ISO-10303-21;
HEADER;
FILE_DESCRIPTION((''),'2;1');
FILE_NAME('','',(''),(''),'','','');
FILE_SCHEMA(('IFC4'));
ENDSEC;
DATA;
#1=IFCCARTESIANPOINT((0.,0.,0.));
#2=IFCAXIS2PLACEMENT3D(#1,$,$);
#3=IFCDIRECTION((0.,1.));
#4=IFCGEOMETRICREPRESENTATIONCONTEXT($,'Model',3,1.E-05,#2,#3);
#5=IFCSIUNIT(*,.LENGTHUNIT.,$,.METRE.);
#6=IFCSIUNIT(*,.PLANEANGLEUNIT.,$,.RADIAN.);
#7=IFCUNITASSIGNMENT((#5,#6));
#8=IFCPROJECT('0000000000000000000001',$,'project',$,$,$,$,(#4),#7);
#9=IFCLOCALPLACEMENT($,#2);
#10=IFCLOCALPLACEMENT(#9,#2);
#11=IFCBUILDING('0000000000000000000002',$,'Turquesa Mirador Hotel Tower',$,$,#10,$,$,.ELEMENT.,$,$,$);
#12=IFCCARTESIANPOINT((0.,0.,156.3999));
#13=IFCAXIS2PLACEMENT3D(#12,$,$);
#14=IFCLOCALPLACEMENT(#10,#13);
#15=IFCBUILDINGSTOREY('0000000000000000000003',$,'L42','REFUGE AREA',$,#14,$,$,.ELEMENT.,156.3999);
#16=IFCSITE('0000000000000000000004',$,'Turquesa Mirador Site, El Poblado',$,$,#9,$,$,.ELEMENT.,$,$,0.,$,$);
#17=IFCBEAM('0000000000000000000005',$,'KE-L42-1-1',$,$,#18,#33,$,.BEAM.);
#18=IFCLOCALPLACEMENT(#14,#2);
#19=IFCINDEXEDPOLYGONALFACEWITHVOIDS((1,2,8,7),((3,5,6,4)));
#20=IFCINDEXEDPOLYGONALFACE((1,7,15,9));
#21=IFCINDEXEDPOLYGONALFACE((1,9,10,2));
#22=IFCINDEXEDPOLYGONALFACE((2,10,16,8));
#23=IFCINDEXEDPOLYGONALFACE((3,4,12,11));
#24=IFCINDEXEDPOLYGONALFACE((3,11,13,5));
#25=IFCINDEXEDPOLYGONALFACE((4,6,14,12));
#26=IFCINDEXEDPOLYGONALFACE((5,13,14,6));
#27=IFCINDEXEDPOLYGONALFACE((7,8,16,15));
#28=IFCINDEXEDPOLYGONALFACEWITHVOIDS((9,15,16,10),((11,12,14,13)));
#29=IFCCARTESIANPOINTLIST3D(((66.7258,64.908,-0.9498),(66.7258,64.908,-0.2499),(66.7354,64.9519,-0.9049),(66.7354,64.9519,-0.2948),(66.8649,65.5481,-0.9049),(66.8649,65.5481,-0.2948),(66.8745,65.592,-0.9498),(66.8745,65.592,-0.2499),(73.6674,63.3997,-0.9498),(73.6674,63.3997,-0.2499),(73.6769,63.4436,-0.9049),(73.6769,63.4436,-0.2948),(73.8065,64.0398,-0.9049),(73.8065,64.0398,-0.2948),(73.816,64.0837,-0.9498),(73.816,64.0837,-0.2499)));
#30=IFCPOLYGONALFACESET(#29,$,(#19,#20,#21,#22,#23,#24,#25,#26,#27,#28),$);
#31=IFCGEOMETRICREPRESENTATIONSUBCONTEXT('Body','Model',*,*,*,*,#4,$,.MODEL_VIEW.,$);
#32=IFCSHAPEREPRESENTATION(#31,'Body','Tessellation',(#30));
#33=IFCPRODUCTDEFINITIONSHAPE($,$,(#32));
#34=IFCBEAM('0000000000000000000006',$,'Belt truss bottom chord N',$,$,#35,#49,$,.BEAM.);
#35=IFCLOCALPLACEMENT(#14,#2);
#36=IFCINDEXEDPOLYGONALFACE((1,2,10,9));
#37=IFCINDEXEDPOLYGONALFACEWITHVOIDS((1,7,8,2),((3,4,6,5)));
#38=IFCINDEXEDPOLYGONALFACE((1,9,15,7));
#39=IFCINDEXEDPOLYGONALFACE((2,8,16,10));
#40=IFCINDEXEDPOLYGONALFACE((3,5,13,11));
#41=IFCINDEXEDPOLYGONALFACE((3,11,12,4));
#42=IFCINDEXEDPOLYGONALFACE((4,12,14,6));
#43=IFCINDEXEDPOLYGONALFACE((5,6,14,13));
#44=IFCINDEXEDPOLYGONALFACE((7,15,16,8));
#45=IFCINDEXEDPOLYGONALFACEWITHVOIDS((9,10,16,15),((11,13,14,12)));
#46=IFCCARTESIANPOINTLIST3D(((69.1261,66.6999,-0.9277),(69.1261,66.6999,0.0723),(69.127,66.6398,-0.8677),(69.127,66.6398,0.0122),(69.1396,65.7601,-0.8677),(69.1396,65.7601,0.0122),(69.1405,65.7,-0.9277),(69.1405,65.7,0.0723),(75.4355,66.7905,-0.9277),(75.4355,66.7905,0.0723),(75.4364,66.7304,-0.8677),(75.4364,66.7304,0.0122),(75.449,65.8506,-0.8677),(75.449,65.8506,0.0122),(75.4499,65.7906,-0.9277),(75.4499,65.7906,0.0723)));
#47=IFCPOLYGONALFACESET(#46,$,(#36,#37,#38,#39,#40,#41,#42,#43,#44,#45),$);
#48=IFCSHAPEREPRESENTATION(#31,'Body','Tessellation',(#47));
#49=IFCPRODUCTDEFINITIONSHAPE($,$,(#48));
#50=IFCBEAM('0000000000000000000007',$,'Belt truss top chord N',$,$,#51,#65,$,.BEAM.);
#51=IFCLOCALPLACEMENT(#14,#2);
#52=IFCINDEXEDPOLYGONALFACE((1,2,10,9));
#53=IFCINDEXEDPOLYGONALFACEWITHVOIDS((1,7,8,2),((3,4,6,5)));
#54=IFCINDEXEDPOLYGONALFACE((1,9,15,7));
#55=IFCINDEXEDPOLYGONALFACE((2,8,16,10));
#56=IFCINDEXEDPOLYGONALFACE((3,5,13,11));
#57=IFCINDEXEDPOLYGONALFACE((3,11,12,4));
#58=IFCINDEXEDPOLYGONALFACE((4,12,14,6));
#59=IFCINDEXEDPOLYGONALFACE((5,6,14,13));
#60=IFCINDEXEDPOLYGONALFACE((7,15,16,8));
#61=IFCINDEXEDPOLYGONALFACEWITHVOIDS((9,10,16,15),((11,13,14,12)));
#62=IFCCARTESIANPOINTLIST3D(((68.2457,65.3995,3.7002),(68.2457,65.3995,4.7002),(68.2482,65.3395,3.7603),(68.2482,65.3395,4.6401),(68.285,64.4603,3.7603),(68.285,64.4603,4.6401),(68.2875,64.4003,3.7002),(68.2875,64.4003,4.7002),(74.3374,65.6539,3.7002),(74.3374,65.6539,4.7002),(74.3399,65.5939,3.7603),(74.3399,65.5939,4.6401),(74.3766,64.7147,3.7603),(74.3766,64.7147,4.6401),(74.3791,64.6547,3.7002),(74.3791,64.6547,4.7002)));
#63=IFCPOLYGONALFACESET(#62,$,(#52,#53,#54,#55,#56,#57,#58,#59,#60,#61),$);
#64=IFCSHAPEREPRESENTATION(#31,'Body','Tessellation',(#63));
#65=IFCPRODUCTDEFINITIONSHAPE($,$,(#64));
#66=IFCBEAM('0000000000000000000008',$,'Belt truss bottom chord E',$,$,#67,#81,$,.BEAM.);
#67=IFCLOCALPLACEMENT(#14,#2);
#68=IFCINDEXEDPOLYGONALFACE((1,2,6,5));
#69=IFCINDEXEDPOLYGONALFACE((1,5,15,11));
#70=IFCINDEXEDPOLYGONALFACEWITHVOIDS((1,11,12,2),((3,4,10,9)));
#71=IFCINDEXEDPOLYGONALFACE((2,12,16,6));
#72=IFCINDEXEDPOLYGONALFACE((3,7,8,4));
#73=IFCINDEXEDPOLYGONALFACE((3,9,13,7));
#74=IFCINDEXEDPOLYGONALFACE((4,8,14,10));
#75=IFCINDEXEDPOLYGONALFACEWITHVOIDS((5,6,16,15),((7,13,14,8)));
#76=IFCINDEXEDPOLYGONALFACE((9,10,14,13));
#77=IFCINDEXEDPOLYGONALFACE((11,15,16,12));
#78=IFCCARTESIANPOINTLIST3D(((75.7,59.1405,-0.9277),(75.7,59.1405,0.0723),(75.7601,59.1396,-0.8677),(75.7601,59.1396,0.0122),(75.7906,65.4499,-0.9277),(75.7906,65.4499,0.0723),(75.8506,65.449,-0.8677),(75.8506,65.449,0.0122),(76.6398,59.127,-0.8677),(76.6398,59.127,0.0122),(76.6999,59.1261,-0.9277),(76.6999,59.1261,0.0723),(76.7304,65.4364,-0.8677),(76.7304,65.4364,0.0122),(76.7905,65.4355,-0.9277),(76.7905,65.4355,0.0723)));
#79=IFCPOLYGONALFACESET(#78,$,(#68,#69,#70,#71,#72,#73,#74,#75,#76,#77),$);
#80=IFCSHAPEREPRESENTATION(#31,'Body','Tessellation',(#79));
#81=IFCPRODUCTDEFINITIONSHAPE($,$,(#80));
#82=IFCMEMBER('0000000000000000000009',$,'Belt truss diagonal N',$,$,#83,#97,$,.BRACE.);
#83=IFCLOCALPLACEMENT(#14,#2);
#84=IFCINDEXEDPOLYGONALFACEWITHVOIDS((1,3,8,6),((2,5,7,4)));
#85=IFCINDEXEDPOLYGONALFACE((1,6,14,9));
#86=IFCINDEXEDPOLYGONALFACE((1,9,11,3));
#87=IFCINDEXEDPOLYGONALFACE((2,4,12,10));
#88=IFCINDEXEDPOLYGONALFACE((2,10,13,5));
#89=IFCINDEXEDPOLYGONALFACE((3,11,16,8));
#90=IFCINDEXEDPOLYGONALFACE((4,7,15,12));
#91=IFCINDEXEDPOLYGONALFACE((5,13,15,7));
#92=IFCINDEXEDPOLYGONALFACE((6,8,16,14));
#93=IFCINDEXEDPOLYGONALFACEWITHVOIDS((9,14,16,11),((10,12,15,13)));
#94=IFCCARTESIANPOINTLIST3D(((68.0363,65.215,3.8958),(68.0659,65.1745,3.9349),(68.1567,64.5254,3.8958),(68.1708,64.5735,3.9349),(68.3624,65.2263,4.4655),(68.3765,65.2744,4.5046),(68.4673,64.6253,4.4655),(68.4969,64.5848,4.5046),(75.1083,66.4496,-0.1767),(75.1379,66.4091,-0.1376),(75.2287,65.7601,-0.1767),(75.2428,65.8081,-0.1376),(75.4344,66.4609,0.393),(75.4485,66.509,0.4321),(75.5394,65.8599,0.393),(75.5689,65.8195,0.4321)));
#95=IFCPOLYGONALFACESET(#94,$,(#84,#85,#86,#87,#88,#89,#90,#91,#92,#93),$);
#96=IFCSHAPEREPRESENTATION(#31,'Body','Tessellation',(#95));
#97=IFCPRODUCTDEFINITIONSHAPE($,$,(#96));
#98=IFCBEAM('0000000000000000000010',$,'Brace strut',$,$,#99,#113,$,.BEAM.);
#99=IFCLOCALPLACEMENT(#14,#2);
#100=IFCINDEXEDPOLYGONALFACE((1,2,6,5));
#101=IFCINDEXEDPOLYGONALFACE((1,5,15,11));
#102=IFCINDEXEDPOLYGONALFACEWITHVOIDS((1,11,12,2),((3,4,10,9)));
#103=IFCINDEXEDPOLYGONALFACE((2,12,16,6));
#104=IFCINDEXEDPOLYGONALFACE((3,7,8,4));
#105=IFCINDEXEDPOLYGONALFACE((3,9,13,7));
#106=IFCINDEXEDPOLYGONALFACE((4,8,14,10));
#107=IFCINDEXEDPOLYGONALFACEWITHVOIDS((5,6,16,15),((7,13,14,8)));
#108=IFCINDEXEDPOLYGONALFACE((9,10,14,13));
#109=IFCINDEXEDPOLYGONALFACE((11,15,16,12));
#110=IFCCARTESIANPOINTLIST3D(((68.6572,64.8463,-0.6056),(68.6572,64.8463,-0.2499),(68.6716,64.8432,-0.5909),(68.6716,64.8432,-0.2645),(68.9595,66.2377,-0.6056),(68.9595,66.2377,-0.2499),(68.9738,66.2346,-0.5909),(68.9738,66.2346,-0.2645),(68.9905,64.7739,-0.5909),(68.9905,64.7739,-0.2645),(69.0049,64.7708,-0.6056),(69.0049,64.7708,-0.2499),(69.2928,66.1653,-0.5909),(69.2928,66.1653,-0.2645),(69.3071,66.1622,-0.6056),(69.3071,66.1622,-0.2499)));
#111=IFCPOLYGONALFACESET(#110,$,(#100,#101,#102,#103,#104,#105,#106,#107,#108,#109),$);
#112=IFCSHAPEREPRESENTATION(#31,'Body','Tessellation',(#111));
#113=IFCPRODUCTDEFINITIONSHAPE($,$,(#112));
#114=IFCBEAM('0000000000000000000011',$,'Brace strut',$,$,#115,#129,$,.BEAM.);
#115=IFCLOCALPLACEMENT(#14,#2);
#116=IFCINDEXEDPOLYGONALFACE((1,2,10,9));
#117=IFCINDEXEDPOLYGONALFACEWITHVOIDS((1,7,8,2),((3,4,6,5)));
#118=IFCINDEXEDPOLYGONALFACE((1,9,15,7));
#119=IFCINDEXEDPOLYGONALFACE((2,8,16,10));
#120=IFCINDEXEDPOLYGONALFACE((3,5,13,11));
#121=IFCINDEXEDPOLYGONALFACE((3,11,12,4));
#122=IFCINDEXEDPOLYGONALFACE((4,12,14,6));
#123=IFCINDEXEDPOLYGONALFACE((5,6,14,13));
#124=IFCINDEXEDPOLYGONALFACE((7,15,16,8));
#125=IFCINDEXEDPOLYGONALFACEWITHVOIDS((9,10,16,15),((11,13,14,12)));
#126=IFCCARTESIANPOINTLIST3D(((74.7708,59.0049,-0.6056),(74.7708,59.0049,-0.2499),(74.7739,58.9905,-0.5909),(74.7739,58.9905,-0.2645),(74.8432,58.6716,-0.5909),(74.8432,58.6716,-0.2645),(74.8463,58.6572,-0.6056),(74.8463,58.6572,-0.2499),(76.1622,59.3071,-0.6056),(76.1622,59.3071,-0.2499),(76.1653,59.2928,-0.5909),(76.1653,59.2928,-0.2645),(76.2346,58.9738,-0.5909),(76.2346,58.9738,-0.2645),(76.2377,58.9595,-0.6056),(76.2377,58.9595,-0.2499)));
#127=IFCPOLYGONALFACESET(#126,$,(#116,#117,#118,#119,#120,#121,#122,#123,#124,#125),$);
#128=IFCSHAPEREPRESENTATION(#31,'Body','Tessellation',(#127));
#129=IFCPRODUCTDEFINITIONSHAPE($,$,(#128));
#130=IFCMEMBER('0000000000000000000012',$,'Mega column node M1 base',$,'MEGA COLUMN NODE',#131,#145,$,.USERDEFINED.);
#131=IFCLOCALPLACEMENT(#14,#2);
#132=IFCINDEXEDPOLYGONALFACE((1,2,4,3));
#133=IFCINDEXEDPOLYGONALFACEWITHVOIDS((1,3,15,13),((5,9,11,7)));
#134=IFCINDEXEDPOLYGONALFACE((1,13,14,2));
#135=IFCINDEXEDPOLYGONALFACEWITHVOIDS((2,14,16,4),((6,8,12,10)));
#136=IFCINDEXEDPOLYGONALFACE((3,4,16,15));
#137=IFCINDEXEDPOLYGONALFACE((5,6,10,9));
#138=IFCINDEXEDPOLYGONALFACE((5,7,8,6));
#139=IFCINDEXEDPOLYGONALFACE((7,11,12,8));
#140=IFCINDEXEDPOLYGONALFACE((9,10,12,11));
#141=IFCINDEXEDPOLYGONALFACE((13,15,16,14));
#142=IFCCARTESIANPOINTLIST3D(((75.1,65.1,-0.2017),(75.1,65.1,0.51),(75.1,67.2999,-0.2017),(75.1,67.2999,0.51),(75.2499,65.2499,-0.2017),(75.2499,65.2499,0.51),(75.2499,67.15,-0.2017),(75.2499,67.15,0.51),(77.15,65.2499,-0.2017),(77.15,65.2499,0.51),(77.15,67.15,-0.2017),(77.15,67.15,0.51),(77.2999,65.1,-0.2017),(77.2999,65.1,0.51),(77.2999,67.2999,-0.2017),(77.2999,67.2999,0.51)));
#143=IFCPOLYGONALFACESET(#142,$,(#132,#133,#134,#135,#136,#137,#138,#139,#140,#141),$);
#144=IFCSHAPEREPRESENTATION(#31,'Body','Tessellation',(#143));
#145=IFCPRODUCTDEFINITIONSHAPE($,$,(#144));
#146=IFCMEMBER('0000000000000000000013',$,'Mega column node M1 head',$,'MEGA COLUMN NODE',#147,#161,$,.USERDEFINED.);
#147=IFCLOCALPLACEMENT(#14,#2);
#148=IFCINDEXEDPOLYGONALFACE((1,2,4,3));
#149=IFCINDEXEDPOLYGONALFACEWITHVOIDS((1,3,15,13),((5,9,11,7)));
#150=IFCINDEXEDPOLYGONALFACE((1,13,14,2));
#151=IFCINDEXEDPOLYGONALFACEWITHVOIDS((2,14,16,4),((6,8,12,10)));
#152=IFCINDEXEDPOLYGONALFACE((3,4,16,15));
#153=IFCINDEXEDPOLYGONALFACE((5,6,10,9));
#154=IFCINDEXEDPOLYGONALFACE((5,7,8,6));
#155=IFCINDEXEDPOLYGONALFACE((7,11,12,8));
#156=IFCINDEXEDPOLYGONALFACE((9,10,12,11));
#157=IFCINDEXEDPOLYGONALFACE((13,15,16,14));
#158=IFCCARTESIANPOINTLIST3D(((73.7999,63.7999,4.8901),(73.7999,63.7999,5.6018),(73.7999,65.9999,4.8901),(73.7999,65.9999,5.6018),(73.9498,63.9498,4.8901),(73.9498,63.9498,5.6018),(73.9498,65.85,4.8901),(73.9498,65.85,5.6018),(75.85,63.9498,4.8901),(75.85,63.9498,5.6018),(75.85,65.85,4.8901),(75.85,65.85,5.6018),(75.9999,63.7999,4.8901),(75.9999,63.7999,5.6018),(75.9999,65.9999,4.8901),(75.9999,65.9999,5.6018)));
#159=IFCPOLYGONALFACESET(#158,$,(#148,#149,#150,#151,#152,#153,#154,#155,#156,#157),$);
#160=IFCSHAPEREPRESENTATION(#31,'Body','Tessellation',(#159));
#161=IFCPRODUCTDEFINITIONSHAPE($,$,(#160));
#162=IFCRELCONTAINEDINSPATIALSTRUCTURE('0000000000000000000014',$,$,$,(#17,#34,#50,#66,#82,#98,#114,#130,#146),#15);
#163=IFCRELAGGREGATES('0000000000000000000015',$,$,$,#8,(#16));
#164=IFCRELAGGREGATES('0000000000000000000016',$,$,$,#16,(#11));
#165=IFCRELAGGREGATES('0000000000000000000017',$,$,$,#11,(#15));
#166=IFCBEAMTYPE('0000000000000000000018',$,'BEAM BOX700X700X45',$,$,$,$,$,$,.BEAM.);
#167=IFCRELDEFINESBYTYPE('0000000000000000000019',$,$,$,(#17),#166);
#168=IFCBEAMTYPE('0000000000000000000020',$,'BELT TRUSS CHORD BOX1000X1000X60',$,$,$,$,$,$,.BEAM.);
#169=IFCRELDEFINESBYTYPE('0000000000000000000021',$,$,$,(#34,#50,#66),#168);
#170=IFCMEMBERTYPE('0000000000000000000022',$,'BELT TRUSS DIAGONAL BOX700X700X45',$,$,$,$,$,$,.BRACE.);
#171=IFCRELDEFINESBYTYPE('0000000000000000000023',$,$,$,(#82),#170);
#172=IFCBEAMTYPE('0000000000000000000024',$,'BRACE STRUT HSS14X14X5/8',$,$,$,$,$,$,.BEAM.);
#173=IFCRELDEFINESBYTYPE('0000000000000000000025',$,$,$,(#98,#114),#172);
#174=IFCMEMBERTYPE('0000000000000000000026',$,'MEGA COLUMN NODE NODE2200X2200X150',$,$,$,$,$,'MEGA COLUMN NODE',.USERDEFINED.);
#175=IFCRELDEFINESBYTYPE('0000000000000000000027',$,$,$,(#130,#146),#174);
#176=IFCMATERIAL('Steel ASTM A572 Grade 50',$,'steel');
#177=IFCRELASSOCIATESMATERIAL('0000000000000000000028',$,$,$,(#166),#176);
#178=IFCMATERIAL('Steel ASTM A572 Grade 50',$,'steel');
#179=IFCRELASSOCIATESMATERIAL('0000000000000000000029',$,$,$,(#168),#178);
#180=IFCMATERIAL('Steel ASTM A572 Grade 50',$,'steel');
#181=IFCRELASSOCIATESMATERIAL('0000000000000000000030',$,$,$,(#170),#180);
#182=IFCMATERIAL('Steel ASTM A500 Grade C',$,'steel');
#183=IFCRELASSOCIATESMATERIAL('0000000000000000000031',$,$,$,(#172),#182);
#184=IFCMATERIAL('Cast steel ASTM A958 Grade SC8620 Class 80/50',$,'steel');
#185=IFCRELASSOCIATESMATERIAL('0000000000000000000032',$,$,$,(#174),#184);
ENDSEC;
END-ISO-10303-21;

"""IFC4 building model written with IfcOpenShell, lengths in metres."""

from ifc_helpers import new_model, si_unit, direction, frame, origin, origin_2d, place, context, subcontext, project, spatial, hollow_rectangle, extrude, material, material_profile, profile_set, type_object, element, save


model = new_model("IFC4")

# Units and contexts
model_context = context("Model", 3, precision=1e-05, world=origin(), true_north=direction((0.0, 1.0)))
body_context = subcontext(model_context, "Body", "Model", "MODEL_VIEW")
ifc_project = project(units=[si_unit("LENGTHUNIT", "METRE"), si_unit("PLANEANGLEUNIT", "RADIAN")], contexts=[model_context])

# Site, building, storey
site_placement = place(None, origin())
site = spatial("IfcSite", under=ifc_project, at=site_placement, Name="Turquesa Mirador Site, El Poblado", CompositionType="ELEMENT", RefElevation=0.0)
building_placement = place(site_placement, origin())
building = spatial("IfcBuilding", under=site, at=building_placement, Name="Turquesa Mirador Hotel Tower", CompositionType="ELEMENT")
storey_placement = place(building_placement, frame((0.0, 0.0, 156.3999)))
storey = spatial("IfcBuildingStorey", under=building, at=storey_placement, Name="L42", Description="REFUGE AREA", CompositionType="ELEMENT", Elevation=156.3999)

# Beams
ifc_material_1 = material(Name="Steel ASTM A572 Grade 50", Category="steel")
ifc_material_profile_1 = material_profile(ifc_material_1, hollow_rectangle(XDim=0.7, YDim=0.7, WallThickness=0.0449, at=origin_2d()), Name="BOX700X700X45")
ifc_profile_set_1 = profile_set([ifc_material_profile_1], Name="Steel ASTM A572 Grade 50")
beam_type_1 = type_object("IfcBeamType", Name="BEAM BOX700X700X45", PredefinedType="BEAM", material=ifc_profile_set_1)
beam_1_placement = place(storey_placement, frame((73.7417, 63.7417, -0.5999), z_axis=(-0.977198, 0.212328, 0.0), x_axis=(-0.212328, -0.977198, 0.0)))
element("IfcBeam", 1, at=beam_1_placement, inside=storey, type_object=beam_type_1, Name="KE-L42-1-1", PredefinedType="BEAM", context=body_context, shape_type="SweptSolid", body=[
    extrude(hollow_rectangle(XDim=0.7, YDim=0.7, WallThickness=0.0449, at=origin_2d()), origin(), (0.0, 0.0, 1.0), 7.1035),
])
ifc_material_2 = material(Name="Steel ASTM A572 Grade 50", Category="steel")
ifc_material_profile_2 = material_profile(ifc_material_2, hollow_rectangle(XDim=1.0, YDim=1.0, WallThickness=0.0601, at=origin_2d()), Name="BOX1000X1000X60")
ifc_profile_set_2 = profile_set([ifc_material_profile_2], Name="Steel ASTM A572 Grade 50")
beam_type_2 = type_object("IfcBeamType", Name="BELT TRUSS CHORD BOX1000X1000X60", PredefinedType="BEAM", material=ifc_profile_set_2)
beam_2_placement = place(storey_placement, frame((69.1333, 66.2, -0.4277), z_axis=(0.999897, 0.014354, 0.0), x_axis=(-0.014354, 0.999897, 0.0)))
element("IfcBeam", 2, at=beam_2_placement, inside=storey, type_object=beam_type_2, Name="Belt truss bottom chord N", PredefinedType="BEAM", context=body_context, shape_type="SweptSolid", body=[
    extrude(hollow_rectangle(XDim=1.0, YDim=1.0, WallThickness=0.0601, at=origin_2d()), origin(), (0.0, 0.0, 1.0), 6.3101),
])
beam_3_placement = place(storey_placement, frame((68.2666, 64.8999, 4.2002), z_axis=(0.999129, 0.041725, 0.0), x_axis=(-0.041725, 0.999129, 0.0)))
element("IfcBeam", 3, at=beam_3_placement, inside=storey, type_object=beam_type_2, Name="Belt truss top chord N", PredefinedType="BEAM", context=body_context, shape_type="SweptSolid", body=[
    extrude(hollow_rectangle(XDim=1.0, YDim=1.0, WallThickness=0.0601, at=origin_2d()), origin(), (0.0, 0.0, 1.0), 6.0969),
])
beam_4_placement = place(storey_placement, frame((76.2, 59.1333, -0.4277), z_axis=(0.014354, 0.999897, 0.0), x_axis=(-0.999897, 0.014354, 0.0)))
element("IfcBeam", 4, at=beam_4_placement, inside=storey, type_object=beam_type_2, Name="Belt truss bottom chord E", PredefinedType="BEAM", context=body_context, shape_type="SweptSolid", body=[
    extrude(hollow_rectangle(XDim=1.0, YDim=1.0, WallThickness=0.0601, at=origin_2d()), origin(), (0.0, 0.0, 1.0), 6.3101),
])

# Member
ifc_material_3 = material(Name="Steel ASTM A572 Grade 50", Category="steel")
ifc_material_profile_3 = material_profile(ifc_material_3, hollow_rectangle(XDim=0.7, YDim=0.7, WallThickness=0.0449, at=origin_2d()), Name="BOX700X700X45")
ifc_profile_set_3 = profile_set([ifc_material_profile_3], Name="Steel ASTM A572 Grade 50")
member_type_1 = type_object("IfcMemberType", Name="BELT TRUSS DIAGONAL BOX700X700X45", PredefinedType="BRACE", material=ifc_profile_set_3)
member_placement = place(storey_placement, frame((68.2666, 64.8999, 4.2002), z_axis=(0.856833, 0.149584, -0.493418), x_axis=(-0.171977, 0.985101, 0.0)))
element("IfcMember", 5, at=member_placement, inside=storey, type_object=member_type_1, Name="Belt truss diagonal N", PredefinedType="BRACE", context=body_context, shape_type="SweptSolid", body=[
    extrude(hollow_rectangle(XDim=0.7, YDim=0.7, WallThickness=0.0449, at=origin_2d()), origin(), (0.0, 0.0, 1.0), 8.2537),
])

# Beams
ifc_material_4 = material(Name="Steel ASTM A500 Grade C", Category="steel")
ifc_material_profile_4 = material_profile(ifc_material_4, hollow_rectangle(XDim=0.3557, YDim=0.3557, WallThickness=0.0146, at=origin_2d()), Name="HSS14X14X5/8")
ifc_profile_set_4 = profile_set([ifc_material_profile_4], Name="Steel ASTM A500 Grade C")
beam_type_3 = type_object("IfcBeamType", Name="BRACE STRUT HSS14X14X5/8", PredefinedType="BEAM", material=ifc_profile_set_4)
for number, where, z_axis, x_axis, name in (
    (6, (69.1333, 66.2, -0.4277), (-0.21228, -0.977209, 0.0), (0.977209, -0.21228, 0.0), "Brace strut"),
    (7, (76.2, 59.1333, -0.4277), (-0.977209, -0.21228, 0.0), (0.21228, -0.977209, 0.0), "Brace strut"),
):
    element("IfcBeam", number, at=place(storey_placement, frame(where, z_axis=z_axis, x_axis=x_axis)), inside=storey, type_object=beam_type_3, Name=name, PredefinedType="BEAM", context=body_context, shape_type="SweptSolid", body=[
        extrude(hollow_rectangle(XDim=0.3557, YDim=0.3557, WallThickness=0.0146, at=origin_2d()), origin(), (0.0, 0.0, 1.0), 1.4238),
    ])

# Members
ifc_material_5 = material(Name="Cast steel ASTM A958 Grade SC8620 Class 80/50", Category="steel")
ifc_material_profile_5 = material_profile(ifc_material_5, hollow_rectangle(XDim=2.2, YDim=2.2, WallThickness=0.1499, at=origin_2d()), Name="NODE2200X2200X150")
ifc_profile_set_5 = profile_set([ifc_material_profile_5], Name="Cast steel ASTM A958 Grade SC8620 Class 80/50")
member_type_2 = type_object("IfcMemberType", Name="MEGA COLUMN NODE NODE2200X2200X150", ElementType="MEGA COLUMN NODE", PredefinedType="USERDEFINED", material=ifc_profile_set_5)
for number, where, z_axis, x_axis, name in (
    (8, (76.2, 66.2, -0.2017), (0.0, 0.0, 1.0), (1.0, 0.0, 0.0), "Mega column node M1 base"),
    (9, (74.8999, 64.8999, 4.8901), (0.0, 0.0, 1.0), (1.0, 0.0, 0.0), "Mega column node M1 head"),
):
    element("IfcMember", number, at=place(storey_placement, frame(where, z_axis=z_axis, x_axis=x_axis)), inside=storey, type_object=member_type_2, Name=name, ObjectType="MEGA COLUMN NODE", PredefinedType="USERDEFINED", context=body_context, shape_type="SweptSolid", body=[
        extrude(hollow_rectangle(XDim=2.2, YDim=2.2, WallThickness=0.1499, at=origin_2d()), origin(), (0.0, 0.0, 1.0), 0.7117),
    ])

save(model, "model.ifc")
